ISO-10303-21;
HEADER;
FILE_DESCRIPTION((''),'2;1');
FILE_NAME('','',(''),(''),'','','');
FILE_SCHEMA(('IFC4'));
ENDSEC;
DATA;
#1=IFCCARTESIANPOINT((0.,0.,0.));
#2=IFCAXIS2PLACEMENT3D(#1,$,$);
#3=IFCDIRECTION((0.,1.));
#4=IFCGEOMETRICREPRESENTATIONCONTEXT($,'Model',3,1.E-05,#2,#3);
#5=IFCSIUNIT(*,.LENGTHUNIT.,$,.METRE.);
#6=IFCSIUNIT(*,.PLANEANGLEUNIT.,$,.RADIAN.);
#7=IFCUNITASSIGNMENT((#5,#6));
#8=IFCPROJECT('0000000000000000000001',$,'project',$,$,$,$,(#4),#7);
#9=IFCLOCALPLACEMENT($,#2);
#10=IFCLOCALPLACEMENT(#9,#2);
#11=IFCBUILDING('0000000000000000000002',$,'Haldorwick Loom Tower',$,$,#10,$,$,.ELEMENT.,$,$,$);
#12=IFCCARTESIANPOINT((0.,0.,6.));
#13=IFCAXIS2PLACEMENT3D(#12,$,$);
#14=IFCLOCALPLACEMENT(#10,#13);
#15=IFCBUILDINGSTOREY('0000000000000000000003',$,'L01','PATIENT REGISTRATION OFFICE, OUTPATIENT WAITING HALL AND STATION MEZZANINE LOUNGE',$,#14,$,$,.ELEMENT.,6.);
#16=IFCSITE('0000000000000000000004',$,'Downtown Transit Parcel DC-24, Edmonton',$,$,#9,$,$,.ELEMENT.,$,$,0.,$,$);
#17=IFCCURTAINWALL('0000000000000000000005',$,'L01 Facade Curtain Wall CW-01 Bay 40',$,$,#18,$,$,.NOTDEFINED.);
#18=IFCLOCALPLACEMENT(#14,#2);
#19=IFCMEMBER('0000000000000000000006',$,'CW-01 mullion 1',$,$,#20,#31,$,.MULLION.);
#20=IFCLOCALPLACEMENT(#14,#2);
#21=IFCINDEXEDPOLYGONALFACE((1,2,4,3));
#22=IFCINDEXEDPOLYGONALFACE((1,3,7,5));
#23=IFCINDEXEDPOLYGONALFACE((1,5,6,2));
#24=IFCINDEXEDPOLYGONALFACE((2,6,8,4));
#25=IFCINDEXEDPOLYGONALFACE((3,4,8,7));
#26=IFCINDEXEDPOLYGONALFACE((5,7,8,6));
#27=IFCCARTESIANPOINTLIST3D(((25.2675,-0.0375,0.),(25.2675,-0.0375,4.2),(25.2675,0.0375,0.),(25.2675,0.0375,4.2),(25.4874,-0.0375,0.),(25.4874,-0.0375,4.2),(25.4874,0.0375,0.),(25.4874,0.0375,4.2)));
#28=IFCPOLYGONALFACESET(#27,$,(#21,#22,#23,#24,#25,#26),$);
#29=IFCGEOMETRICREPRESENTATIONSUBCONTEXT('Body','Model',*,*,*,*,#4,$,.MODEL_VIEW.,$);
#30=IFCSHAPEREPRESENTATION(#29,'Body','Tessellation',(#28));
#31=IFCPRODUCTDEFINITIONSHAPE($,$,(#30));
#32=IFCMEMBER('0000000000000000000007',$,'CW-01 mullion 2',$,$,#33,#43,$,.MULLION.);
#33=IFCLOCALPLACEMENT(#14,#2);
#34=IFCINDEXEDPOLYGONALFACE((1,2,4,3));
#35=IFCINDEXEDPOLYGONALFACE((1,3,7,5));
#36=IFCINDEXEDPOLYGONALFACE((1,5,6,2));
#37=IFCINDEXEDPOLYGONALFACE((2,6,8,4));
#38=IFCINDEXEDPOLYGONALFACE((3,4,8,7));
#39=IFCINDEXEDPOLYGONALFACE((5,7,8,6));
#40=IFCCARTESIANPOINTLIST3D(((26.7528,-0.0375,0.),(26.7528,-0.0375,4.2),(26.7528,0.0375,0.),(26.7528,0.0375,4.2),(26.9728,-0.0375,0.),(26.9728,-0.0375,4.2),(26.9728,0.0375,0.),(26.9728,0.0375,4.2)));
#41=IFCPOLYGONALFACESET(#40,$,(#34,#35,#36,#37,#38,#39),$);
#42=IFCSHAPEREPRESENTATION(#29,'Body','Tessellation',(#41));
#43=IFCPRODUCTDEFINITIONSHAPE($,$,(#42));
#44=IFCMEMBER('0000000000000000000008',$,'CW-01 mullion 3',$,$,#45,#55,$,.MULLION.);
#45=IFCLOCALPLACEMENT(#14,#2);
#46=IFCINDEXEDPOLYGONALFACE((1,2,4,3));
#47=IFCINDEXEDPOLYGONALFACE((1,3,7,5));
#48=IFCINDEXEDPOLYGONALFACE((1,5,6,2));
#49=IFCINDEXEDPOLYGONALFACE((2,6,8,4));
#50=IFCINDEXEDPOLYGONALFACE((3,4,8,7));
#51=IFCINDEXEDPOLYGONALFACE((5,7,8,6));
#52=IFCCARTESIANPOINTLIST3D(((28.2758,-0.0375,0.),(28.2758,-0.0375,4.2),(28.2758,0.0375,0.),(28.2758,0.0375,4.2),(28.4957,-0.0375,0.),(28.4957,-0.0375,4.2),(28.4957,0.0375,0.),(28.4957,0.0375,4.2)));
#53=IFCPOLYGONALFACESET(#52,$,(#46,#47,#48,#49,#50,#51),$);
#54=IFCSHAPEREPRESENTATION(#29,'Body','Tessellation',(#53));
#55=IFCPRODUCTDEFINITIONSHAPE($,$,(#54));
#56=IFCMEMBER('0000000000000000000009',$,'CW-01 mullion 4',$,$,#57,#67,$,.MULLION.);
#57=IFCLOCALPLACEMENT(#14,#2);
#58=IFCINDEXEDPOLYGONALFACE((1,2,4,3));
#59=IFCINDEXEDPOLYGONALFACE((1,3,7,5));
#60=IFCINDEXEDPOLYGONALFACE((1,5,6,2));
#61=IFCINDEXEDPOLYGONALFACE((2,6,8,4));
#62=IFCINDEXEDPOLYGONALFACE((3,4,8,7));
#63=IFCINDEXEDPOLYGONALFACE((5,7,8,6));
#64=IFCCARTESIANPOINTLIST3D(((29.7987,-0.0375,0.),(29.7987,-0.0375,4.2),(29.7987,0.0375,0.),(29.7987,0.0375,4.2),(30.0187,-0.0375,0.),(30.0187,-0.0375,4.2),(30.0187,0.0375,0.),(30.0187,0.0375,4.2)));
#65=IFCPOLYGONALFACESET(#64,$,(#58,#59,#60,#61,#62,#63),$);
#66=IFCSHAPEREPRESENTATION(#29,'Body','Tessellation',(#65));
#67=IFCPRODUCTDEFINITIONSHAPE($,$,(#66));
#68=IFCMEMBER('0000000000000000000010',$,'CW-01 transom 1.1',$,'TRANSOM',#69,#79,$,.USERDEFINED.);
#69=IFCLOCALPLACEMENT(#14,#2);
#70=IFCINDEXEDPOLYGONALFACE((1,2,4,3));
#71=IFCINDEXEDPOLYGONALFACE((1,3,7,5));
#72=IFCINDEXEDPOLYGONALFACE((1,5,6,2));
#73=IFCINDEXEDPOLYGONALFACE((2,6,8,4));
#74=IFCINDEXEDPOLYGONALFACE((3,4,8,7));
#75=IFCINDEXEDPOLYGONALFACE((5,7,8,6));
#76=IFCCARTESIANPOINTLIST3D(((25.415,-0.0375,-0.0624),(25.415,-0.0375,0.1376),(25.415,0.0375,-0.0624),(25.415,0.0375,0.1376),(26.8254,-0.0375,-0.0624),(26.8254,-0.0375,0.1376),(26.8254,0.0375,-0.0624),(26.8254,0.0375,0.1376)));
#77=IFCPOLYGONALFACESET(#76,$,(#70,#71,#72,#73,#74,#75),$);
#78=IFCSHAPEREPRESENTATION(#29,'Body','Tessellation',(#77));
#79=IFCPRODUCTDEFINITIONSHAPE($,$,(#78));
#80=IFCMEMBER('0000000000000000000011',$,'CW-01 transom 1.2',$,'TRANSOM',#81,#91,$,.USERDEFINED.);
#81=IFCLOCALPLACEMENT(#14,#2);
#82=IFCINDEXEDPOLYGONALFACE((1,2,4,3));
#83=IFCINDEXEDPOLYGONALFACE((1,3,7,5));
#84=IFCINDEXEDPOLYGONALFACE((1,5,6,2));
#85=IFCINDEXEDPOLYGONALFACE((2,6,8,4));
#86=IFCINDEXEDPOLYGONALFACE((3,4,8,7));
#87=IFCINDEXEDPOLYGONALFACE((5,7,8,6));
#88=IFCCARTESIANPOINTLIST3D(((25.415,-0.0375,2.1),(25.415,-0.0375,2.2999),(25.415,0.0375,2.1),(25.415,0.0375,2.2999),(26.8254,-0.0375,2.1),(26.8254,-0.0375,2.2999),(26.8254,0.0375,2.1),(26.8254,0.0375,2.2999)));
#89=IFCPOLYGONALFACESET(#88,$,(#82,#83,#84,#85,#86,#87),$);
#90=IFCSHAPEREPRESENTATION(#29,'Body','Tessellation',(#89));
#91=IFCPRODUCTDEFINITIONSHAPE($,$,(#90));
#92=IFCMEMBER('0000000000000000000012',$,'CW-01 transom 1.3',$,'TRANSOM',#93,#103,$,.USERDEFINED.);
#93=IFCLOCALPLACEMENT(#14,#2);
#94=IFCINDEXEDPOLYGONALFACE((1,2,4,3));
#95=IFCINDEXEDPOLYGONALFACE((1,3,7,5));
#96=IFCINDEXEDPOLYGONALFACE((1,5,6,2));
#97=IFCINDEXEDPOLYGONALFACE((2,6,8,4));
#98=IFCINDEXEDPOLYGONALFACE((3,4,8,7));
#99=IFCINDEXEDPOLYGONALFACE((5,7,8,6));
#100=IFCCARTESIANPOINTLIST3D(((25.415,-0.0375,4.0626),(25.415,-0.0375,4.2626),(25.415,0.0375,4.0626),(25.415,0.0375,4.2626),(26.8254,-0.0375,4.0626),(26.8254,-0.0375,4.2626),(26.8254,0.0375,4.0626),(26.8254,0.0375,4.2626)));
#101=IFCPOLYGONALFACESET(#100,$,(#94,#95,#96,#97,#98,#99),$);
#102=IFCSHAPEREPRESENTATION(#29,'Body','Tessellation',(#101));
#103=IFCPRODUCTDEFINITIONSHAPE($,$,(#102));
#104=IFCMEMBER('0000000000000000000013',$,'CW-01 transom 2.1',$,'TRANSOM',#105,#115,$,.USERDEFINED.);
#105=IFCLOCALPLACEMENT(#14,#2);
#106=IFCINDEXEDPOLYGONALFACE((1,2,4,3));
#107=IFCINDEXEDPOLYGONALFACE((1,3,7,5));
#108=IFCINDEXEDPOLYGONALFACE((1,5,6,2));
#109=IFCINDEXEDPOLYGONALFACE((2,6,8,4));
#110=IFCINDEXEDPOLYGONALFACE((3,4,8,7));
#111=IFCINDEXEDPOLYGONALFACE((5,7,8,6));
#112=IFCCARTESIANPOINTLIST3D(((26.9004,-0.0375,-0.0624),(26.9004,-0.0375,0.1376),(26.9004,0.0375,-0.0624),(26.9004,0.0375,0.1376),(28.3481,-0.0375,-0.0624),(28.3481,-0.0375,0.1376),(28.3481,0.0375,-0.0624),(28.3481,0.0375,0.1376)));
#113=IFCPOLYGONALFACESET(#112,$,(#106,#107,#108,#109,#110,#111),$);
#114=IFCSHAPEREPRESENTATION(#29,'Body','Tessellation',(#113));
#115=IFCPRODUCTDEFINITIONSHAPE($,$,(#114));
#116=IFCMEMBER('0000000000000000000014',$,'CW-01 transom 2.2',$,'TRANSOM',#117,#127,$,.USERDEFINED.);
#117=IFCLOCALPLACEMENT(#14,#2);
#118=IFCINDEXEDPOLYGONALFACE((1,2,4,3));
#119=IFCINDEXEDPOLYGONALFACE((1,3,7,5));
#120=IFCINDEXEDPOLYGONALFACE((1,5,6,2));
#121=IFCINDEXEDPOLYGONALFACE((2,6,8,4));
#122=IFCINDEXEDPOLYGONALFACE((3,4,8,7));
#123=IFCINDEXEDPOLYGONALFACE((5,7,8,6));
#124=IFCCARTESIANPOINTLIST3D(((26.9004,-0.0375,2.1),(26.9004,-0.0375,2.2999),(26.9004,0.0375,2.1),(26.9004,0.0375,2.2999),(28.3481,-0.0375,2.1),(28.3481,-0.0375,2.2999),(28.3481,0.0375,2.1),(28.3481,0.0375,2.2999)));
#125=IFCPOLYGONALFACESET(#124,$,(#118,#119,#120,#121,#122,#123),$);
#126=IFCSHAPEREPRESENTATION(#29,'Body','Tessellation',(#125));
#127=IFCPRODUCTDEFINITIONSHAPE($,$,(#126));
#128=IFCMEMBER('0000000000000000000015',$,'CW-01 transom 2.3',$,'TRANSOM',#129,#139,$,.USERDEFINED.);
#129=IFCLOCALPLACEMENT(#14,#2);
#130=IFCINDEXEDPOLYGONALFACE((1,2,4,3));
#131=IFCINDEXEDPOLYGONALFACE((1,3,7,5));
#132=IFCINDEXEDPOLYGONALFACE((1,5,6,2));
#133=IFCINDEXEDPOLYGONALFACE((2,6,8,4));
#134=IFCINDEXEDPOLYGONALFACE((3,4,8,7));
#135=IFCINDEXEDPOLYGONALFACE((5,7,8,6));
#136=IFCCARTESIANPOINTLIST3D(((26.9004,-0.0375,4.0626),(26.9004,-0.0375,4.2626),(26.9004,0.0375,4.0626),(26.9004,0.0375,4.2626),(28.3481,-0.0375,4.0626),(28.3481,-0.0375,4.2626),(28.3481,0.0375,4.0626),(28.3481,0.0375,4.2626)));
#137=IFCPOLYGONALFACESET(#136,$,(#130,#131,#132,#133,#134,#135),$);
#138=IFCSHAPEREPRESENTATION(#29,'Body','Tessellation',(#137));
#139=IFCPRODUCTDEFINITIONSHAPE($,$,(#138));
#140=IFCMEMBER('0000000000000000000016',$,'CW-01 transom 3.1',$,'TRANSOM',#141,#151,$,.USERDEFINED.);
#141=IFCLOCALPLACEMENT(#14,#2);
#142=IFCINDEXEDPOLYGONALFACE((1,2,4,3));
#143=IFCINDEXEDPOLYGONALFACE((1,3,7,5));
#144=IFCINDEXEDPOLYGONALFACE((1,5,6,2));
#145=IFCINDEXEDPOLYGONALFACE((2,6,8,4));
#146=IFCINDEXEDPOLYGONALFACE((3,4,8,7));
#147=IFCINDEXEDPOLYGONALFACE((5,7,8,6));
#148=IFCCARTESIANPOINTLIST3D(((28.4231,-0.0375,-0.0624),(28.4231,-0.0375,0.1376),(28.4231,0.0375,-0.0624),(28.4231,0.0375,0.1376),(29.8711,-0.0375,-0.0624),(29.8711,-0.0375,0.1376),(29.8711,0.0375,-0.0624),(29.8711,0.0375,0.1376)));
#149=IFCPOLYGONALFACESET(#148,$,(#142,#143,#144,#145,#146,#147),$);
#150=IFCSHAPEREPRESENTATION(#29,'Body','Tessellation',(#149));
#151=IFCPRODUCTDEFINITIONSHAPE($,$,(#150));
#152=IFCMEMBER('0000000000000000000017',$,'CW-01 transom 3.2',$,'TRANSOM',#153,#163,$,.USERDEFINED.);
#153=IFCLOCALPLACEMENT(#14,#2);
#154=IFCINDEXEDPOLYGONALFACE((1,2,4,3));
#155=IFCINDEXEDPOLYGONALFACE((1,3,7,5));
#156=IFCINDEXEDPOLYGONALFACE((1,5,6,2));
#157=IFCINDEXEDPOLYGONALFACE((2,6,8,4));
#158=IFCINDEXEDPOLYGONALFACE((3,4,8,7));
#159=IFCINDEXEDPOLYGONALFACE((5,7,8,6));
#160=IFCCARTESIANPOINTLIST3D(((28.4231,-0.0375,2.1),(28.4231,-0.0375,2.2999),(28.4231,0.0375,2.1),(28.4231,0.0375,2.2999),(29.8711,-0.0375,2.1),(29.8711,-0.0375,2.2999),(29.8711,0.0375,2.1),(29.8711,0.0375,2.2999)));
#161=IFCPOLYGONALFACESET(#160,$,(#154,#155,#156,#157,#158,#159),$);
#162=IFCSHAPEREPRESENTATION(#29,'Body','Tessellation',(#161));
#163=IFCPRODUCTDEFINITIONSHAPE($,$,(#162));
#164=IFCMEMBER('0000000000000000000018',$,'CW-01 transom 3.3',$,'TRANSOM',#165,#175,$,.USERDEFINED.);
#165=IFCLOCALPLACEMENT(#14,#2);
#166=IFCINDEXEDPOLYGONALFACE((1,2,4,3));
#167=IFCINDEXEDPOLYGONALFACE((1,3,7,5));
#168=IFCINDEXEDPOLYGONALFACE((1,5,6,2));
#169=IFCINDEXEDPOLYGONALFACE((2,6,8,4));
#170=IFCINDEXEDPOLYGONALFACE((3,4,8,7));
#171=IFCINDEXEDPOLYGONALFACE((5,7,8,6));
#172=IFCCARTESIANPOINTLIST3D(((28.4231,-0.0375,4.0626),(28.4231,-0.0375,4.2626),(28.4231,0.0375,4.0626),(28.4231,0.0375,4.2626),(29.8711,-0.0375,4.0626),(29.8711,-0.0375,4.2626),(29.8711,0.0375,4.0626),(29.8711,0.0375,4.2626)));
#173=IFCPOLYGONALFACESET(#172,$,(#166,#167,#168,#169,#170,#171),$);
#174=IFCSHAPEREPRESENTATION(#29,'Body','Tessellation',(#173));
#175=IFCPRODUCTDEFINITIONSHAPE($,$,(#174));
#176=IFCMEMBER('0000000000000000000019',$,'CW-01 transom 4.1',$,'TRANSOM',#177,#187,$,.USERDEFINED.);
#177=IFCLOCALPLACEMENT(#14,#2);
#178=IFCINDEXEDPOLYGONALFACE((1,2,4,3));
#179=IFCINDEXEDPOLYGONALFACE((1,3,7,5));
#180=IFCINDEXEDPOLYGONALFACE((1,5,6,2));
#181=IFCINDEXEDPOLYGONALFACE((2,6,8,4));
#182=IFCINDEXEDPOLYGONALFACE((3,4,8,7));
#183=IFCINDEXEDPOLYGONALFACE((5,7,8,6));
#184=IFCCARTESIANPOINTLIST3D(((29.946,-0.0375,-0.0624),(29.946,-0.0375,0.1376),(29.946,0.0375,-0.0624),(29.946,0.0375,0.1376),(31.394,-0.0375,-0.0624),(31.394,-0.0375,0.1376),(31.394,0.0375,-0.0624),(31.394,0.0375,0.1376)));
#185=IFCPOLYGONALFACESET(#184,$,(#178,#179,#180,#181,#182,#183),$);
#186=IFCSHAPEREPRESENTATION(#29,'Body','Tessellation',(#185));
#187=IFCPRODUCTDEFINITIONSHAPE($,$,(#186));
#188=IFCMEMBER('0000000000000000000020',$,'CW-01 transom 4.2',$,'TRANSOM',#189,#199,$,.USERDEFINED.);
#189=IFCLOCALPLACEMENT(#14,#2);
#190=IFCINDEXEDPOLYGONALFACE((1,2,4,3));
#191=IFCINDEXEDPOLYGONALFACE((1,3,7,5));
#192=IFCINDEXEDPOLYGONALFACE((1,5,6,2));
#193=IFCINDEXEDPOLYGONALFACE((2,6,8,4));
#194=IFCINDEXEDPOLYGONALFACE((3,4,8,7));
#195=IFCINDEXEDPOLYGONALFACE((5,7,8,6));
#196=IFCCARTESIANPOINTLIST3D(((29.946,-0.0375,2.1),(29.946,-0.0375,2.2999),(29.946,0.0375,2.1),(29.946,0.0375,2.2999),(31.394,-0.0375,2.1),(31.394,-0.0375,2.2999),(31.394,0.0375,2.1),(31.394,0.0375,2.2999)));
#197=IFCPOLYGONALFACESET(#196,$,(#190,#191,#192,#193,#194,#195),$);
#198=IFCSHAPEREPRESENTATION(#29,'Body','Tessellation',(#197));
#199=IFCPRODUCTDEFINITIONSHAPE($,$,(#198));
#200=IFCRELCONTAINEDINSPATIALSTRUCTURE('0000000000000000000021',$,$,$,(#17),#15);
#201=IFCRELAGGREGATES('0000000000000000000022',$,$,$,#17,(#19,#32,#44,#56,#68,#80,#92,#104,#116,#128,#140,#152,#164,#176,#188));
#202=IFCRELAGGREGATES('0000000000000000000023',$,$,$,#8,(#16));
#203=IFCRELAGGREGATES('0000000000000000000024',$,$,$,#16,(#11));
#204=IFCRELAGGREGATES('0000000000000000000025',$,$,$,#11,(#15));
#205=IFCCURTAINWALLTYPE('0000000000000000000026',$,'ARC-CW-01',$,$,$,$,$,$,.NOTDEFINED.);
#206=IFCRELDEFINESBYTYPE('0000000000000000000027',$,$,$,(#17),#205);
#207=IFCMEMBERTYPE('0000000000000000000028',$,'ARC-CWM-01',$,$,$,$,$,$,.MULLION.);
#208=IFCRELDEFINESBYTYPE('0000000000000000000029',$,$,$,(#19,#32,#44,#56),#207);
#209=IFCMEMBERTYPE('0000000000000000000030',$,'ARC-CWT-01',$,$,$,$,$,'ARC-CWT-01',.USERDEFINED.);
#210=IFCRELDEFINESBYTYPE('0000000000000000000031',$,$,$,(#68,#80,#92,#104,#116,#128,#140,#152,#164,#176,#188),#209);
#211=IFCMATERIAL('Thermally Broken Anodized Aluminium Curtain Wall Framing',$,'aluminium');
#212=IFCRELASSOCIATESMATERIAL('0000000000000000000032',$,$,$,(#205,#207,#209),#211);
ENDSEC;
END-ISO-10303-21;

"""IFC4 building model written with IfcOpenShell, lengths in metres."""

from ifc_helpers import new_model, si_unit, direction, frame, origin, origin_2d, place, context, subcontext, project, spatial, rectangle, extrude, material, material_profile, profile_set, type_object, element, aggregate, save


model = new_model("IFC4")

# Units and contexts
model_context = context("Model", 3, precision=1e-05, world=origin(), true_north=direction((0.0, 1.0)))
body_context = subcontext(model_context, "Body", "Model", "MODEL_VIEW")
ifc_project = project(units=[si_unit("LENGTHUNIT", "METRE"), si_unit("PLANEANGLEUNIT", "RADIAN")], contexts=[model_context])

# Site, building, storey
site_placement = place(None, origin())
site = spatial("IfcSite", under=ifc_project, at=site_placement, Name="Downtown Transit Parcel DC-24, Edmonton", CompositionType="ELEMENT", RefElevation=0.0)
building_placement = place(site_placement, origin())
building = spatial("IfcBuilding", under=site, at=building_placement, Name="Haldorwick Loom Tower", CompositionType="ELEMENT")
storey_placement = place(building_placement, frame((0.0, 0.0, 6.0)))
storey = spatial("IfcBuildingStorey", under=building, at=storey_placement, Name="L01", Description="PATIENT REGISTRATION OFFICE, OUTPATIENT WAITING HALL AND STATION MEZZANINE LOUNGE", CompositionType="ELEMENT", Elevation=6.0)

# Curtain wall, members
ifc_material_1 = material(Name="Thermally Broken Anodized Aluminium Curtain Wall Framing", Category="aluminium")
curtain_wall_type = type_object("IfcCurtainWallType", Name="ARC-CW-01", PredefinedType="NOTDEFINED", material=ifc_material_1)
curtain_wall_placement = place(storey_placement, origin())
curtain_wall = element("IfcCurtainWall", 1, at=curtain_wall_placement, inside=storey, type_object=curtain_wall_type, Name="L01 Facade Curtain Wall CW-01 Bay 40", PredefinedType="NOTDEFINED")
ifc_material_profile_1 = material_profile(ifc_material_1, rectangle(XDim=0.075, YDim=0.22, at=origin_2d()), Name="ALU_MUL_75X220", Category="aluminium")
ifc_profile_set_1 = profile_set([ifc_material_profile_1], Name="Thermally Broken Anodized Aluminium Curtain Wall Framing")
member_type_1 = type_object("IfcMemberType", Name="ARC-CWM-01", PredefinedType="MULLION", material=ifc_profile_set_1)
member_1_placement = place(storey_placement, frame((25.3774, 0.0, 0.0), z_axis=(0.0, 0.0, 1.0), x_axis=(0.0, 1.0, 0.0)))
member_1 = element("IfcMember", 2, at=member_1_placement, type_object=member_type_1, Name="CW-01 mullion 1", PredefinedType="MULLION", context=body_context, shape_type="SweptSolid", body=[
    extrude(rectangle(XDim=0.075, YDim=0.22, at=origin_2d()), origin(), (0.0, 0.0, 1.0), 4.2),
])
member_2_placement = place(storey_placement, frame((26.8628, 0.0, 0.0), z_axis=(0.0, 0.0, 1.0), x_axis=(0.0, 1.0, 0.0)))
member_2 = element("IfcMember", 3, at=member_2_placement, type_object=member_type_1, Name="CW-01 mullion 2", PredefinedType="MULLION", context=body_context, shape_type="SweptSolid", body=[
    extrude(rectangle(XDim=0.075, YDim=0.22, at=origin_2d()), origin(), (0.0, 0.0, 1.0), 4.2),
])
member_3_placement = place(storey_placement, frame((28.3857, 0.0, 0.0), z_axis=(0.0, 0.0, 1.0), x_axis=(0.0, 1.0, 0.0)))
member_3 = element("IfcMember", 4, at=member_3_placement, type_object=member_type_1, Name="CW-01 mullion 3", PredefinedType="MULLION", context=body_context, shape_type="SweptSolid", body=[
    extrude(rectangle(XDim=0.075, YDim=0.22, at=origin_2d()), origin(), (0.0, 0.0, 1.0), 4.2),
])
member_4_placement = place(storey_placement, frame((29.9087, 0.0, 0.0), z_axis=(0.0, 0.0, 1.0), x_axis=(0.0, 1.0, 0.0)))
member_4 = element("IfcMember", 5, at=member_4_placement, type_object=member_type_1, Name="CW-01 mullion 4", PredefinedType="MULLION", context=body_context, shape_type="SweptSolid", body=[
    extrude(rectangle(XDim=0.075, YDim=0.22, at=origin_2d()), origin(), (0.0, 0.0, 1.0), 4.2),
])
ifc_material_profile_2 = material_profile(ifc_material_1, rectangle(XDim=0.075, YDim=0.2, at=origin_2d()), Name="ALU_TRN_75X200", Category="aluminium")
ifc_profile_set_2 = profile_set([ifc_material_profile_2], Name="Thermally Broken Anodized Aluminium Curtain Wall Framing")
member_type_2 = type_object("IfcMemberType", Name="ARC-CWT-01", ElementType="ARC-CWT-01", PredefinedType="USERDEFINED", material=ifc_profile_set_2)
member_5_placement = place(storey_placement, frame((25.415, 0.0, 0.0376), z_axis=(1.0, 0.0, 0.0), x_axis=(0.0, 1.0, 0.0)))
member_5 = element("IfcMember", 6, at=member_5_placement, type_object=member_type_2, Name="CW-01 transom 1.1", ObjectType="TRANSOM", PredefinedType="USERDEFINED", context=body_context, shape_type="SweptSolid", body=[
    extrude(rectangle(XDim=0.075, YDim=0.2, at=origin_2d()), origin(), (0.0, 0.0, 1.0), 1.4104),
])
member_6_placement = place(storey_placement, frame((25.415, 0.0, 2.2), z_axis=(1.0, 0.0, 0.0), x_axis=(0.0, 1.0, 0.0)))
member_6 = element("IfcMember", 7, at=member_6_placement, type_object=member_type_2, Name="CW-01 transom 1.2", ObjectType="TRANSOM", PredefinedType="USERDEFINED", context=body_context, shape_type="SweptSolid", body=[
    extrude(rectangle(XDim=0.075, YDim=0.2, at=origin_2d()), origin(), (0.0, 0.0, 1.0), 1.4104),
])
member_7_placement = place(storey_placement, frame((25.415, 0.0, 4.1626), z_axis=(1.0, 0.0, 0.0), x_axis=(0.0, 1.0, 0.0)))
member_7 = element("IfcMember", 8, at=member_7_placement, type_object=member_type_2, Name="CW-01 transom 1.3", ObjectType="TRANSOM", PredefinedType="USERDEFINED", context=body_context, shape_type="SweptSolid", body=[
    extrude(rectangle(XDim=0.075, YDim=0.2, at=origin_2d()), origin(), (0.0, 0.0, 1.0), 1.4104),
])
member_8_placement = place(storey_placement, frame((26.9004, 0.0, 0.0376), z_axis=(1.0, 0.0, 0.0), x_axis=(0.0, 1.0, 0.0)))
member_8 = element("IfcMember", 9, at=member_8_placement, type_object=member_type_2, Name="CW-01 transom 2.1", ObjectType="TRANSOM", PredefinedType="USERDEFINED", context=body_context, shape_type="SweptSolid", body=[
    extrude(rectangle(XDim=0.075, YDim=0.2, at=origin_2d()), origin(), (0.0, 0.0, 1.0), 1.4478),
])
member_9_placement = place(storey_placement, frame((26.9004, 0.0, 2.2), z_axis=(1.0, 0.0, 0.0), x_axis=(0.0, 1.0, 0.0)))
member_9 = element("IfcMember", 10, at=member_9_placement, type_object=member_type_2, Name="CW-01 transom 2.2", ObjectType="TRANSOM", PredefinedType="USERDEFINED", context=body_context, shape_type="SweptSolid", body=[
    extrude(rectangle(XDim=0.075, YDim=0.2, at=origin_2d()), origin(), (0.0, 0.0, 1.0), 1.4478),
])
member_10_placement = place(storey_placement, frame((26.9004, 0.0, 4.1626), z_axis=(1.0, 0.0, 0.0), x_axis=(0.0, 1.0, 0.0)))
member_10 = element("IfcMember", 11, at=member_10_placement, type_object=member_type_2, Name="CW-01 transom 2.3", ObjectType="TRANSOM", PredefinedType="USERDEFINED", context=body_context, shape_type="SweptSolid", body=[
    extrude(rectangle(XDim=0.075, YDim=0.2, at=origin_2d()), origin(), (0.0, 0.0, 1.0), 1.4478),
])
member_11_placement = place(storey_placement, frame((28.4231, 0.0, 0.0376), z_axis=(1.0, 0.0, 0.0), x_axis=(0.0, 1.0, 0.0)))
member_11 = element("IfcMember", 12, at=member_11_placement, type_object=member_type_2, Name="CW-01 transom 3.1", ObjectType="TRANSOM", PredefinedType="USERDEFINED", context=body_context, shape_type="SweptSolid", body=[
    extrude(rectangle(XDim=0.075, YDim=0.2, at=origin_2d()), origin(), (0.0, 0.0, 1.0), 1.448),
])
member_12_placement = place(storey_placement, frame((28.4231, 0.0, 2.2), z_axis=(1.0, 0.0, 0.0), x_axis=(0.0, 1.0, 0.0)))
member_12 = element("IfcMember", 13, at=member_12_placement, type_object=member_type_2, Name="CW-01 transom 3.2", ObjectType="TRANSOM", PredefinedType="USERDEFINED", context=body_context, shape_type="SweptSolid", body=[
    extrude(rectangle(XDim=0.075, YDim=0.2, at=origin_2d()), origin(), (0.0, 0.0, 1.0), 1.448),
])
member_13_placement = place(storey_placement, frame((28.4231, 0.0, 4.1626), z_axis=(1.0, 0.0, 0.0), x_axis=(0.0, 1.0, 0.0)))
member_13 = element("IfcMember", 14, at=member_13_placement, type_object=member_type_2, Name="CW-01 transom 3.3", ObjectType="TRANSOM", PredefinedType="USERDEFINED", context=body_context, shape_type="SweptSolid", body=[
    extrude(rectangle(XDim=0.075, YDim=0.2, at=origin_2d()), origin(), (0.0, 0.0, 1.0), 1.448),
])
member_14_placement = place(storey_placement, frame((29.946, 0.0, 0.0376), z_axis=(1.0, 0.0, 0.0), x_axis=(0.0, 1.0, 0.0)))
member_14 = element("IfcMember", 15, at=member_14_placement, type_object=member_type_2, Name="CW-01 transom 4.1", ObjectType="TRANSOM", PredefinedType="USERDEFINED", context=body_context, shape_type="SweptSolid", body=[
    extrude(rectangle(XDim=0.075, YDim=0.2, at=origin_2d()), origin(), (0.0, 0.0, 1.0), 1.448),
])
member_15_placement = place(storey_placement, frame((29.946, 0.0, 2.2), z_axis=(1.0, 0.0, 0.0), x_axis=(0.0, 1.0, 0.0)))
member_15 = element("IfcMember", 16, at=member_15_placement, type_object=member_type_2, Name="CW-01 transom 4.2", ObjectType="TRANSOM", PredefinedType="USERDEFINED", context=body_context, shape_type="SweptSolid", body=[
    extrude(rectangle(XDim=0.075, YDim=0.2, at=origin_2d()), origin(), (0.0, 0.0, 1.0), 1.448),
])
aggregate(curtain_wall, [member_1, member_2, member_3, member_4, member_5, member_6, member_7, member_8, member_9, member_10, member_11, member_12, member_13, member_14, member_15])

save(model, "model.ifc")
